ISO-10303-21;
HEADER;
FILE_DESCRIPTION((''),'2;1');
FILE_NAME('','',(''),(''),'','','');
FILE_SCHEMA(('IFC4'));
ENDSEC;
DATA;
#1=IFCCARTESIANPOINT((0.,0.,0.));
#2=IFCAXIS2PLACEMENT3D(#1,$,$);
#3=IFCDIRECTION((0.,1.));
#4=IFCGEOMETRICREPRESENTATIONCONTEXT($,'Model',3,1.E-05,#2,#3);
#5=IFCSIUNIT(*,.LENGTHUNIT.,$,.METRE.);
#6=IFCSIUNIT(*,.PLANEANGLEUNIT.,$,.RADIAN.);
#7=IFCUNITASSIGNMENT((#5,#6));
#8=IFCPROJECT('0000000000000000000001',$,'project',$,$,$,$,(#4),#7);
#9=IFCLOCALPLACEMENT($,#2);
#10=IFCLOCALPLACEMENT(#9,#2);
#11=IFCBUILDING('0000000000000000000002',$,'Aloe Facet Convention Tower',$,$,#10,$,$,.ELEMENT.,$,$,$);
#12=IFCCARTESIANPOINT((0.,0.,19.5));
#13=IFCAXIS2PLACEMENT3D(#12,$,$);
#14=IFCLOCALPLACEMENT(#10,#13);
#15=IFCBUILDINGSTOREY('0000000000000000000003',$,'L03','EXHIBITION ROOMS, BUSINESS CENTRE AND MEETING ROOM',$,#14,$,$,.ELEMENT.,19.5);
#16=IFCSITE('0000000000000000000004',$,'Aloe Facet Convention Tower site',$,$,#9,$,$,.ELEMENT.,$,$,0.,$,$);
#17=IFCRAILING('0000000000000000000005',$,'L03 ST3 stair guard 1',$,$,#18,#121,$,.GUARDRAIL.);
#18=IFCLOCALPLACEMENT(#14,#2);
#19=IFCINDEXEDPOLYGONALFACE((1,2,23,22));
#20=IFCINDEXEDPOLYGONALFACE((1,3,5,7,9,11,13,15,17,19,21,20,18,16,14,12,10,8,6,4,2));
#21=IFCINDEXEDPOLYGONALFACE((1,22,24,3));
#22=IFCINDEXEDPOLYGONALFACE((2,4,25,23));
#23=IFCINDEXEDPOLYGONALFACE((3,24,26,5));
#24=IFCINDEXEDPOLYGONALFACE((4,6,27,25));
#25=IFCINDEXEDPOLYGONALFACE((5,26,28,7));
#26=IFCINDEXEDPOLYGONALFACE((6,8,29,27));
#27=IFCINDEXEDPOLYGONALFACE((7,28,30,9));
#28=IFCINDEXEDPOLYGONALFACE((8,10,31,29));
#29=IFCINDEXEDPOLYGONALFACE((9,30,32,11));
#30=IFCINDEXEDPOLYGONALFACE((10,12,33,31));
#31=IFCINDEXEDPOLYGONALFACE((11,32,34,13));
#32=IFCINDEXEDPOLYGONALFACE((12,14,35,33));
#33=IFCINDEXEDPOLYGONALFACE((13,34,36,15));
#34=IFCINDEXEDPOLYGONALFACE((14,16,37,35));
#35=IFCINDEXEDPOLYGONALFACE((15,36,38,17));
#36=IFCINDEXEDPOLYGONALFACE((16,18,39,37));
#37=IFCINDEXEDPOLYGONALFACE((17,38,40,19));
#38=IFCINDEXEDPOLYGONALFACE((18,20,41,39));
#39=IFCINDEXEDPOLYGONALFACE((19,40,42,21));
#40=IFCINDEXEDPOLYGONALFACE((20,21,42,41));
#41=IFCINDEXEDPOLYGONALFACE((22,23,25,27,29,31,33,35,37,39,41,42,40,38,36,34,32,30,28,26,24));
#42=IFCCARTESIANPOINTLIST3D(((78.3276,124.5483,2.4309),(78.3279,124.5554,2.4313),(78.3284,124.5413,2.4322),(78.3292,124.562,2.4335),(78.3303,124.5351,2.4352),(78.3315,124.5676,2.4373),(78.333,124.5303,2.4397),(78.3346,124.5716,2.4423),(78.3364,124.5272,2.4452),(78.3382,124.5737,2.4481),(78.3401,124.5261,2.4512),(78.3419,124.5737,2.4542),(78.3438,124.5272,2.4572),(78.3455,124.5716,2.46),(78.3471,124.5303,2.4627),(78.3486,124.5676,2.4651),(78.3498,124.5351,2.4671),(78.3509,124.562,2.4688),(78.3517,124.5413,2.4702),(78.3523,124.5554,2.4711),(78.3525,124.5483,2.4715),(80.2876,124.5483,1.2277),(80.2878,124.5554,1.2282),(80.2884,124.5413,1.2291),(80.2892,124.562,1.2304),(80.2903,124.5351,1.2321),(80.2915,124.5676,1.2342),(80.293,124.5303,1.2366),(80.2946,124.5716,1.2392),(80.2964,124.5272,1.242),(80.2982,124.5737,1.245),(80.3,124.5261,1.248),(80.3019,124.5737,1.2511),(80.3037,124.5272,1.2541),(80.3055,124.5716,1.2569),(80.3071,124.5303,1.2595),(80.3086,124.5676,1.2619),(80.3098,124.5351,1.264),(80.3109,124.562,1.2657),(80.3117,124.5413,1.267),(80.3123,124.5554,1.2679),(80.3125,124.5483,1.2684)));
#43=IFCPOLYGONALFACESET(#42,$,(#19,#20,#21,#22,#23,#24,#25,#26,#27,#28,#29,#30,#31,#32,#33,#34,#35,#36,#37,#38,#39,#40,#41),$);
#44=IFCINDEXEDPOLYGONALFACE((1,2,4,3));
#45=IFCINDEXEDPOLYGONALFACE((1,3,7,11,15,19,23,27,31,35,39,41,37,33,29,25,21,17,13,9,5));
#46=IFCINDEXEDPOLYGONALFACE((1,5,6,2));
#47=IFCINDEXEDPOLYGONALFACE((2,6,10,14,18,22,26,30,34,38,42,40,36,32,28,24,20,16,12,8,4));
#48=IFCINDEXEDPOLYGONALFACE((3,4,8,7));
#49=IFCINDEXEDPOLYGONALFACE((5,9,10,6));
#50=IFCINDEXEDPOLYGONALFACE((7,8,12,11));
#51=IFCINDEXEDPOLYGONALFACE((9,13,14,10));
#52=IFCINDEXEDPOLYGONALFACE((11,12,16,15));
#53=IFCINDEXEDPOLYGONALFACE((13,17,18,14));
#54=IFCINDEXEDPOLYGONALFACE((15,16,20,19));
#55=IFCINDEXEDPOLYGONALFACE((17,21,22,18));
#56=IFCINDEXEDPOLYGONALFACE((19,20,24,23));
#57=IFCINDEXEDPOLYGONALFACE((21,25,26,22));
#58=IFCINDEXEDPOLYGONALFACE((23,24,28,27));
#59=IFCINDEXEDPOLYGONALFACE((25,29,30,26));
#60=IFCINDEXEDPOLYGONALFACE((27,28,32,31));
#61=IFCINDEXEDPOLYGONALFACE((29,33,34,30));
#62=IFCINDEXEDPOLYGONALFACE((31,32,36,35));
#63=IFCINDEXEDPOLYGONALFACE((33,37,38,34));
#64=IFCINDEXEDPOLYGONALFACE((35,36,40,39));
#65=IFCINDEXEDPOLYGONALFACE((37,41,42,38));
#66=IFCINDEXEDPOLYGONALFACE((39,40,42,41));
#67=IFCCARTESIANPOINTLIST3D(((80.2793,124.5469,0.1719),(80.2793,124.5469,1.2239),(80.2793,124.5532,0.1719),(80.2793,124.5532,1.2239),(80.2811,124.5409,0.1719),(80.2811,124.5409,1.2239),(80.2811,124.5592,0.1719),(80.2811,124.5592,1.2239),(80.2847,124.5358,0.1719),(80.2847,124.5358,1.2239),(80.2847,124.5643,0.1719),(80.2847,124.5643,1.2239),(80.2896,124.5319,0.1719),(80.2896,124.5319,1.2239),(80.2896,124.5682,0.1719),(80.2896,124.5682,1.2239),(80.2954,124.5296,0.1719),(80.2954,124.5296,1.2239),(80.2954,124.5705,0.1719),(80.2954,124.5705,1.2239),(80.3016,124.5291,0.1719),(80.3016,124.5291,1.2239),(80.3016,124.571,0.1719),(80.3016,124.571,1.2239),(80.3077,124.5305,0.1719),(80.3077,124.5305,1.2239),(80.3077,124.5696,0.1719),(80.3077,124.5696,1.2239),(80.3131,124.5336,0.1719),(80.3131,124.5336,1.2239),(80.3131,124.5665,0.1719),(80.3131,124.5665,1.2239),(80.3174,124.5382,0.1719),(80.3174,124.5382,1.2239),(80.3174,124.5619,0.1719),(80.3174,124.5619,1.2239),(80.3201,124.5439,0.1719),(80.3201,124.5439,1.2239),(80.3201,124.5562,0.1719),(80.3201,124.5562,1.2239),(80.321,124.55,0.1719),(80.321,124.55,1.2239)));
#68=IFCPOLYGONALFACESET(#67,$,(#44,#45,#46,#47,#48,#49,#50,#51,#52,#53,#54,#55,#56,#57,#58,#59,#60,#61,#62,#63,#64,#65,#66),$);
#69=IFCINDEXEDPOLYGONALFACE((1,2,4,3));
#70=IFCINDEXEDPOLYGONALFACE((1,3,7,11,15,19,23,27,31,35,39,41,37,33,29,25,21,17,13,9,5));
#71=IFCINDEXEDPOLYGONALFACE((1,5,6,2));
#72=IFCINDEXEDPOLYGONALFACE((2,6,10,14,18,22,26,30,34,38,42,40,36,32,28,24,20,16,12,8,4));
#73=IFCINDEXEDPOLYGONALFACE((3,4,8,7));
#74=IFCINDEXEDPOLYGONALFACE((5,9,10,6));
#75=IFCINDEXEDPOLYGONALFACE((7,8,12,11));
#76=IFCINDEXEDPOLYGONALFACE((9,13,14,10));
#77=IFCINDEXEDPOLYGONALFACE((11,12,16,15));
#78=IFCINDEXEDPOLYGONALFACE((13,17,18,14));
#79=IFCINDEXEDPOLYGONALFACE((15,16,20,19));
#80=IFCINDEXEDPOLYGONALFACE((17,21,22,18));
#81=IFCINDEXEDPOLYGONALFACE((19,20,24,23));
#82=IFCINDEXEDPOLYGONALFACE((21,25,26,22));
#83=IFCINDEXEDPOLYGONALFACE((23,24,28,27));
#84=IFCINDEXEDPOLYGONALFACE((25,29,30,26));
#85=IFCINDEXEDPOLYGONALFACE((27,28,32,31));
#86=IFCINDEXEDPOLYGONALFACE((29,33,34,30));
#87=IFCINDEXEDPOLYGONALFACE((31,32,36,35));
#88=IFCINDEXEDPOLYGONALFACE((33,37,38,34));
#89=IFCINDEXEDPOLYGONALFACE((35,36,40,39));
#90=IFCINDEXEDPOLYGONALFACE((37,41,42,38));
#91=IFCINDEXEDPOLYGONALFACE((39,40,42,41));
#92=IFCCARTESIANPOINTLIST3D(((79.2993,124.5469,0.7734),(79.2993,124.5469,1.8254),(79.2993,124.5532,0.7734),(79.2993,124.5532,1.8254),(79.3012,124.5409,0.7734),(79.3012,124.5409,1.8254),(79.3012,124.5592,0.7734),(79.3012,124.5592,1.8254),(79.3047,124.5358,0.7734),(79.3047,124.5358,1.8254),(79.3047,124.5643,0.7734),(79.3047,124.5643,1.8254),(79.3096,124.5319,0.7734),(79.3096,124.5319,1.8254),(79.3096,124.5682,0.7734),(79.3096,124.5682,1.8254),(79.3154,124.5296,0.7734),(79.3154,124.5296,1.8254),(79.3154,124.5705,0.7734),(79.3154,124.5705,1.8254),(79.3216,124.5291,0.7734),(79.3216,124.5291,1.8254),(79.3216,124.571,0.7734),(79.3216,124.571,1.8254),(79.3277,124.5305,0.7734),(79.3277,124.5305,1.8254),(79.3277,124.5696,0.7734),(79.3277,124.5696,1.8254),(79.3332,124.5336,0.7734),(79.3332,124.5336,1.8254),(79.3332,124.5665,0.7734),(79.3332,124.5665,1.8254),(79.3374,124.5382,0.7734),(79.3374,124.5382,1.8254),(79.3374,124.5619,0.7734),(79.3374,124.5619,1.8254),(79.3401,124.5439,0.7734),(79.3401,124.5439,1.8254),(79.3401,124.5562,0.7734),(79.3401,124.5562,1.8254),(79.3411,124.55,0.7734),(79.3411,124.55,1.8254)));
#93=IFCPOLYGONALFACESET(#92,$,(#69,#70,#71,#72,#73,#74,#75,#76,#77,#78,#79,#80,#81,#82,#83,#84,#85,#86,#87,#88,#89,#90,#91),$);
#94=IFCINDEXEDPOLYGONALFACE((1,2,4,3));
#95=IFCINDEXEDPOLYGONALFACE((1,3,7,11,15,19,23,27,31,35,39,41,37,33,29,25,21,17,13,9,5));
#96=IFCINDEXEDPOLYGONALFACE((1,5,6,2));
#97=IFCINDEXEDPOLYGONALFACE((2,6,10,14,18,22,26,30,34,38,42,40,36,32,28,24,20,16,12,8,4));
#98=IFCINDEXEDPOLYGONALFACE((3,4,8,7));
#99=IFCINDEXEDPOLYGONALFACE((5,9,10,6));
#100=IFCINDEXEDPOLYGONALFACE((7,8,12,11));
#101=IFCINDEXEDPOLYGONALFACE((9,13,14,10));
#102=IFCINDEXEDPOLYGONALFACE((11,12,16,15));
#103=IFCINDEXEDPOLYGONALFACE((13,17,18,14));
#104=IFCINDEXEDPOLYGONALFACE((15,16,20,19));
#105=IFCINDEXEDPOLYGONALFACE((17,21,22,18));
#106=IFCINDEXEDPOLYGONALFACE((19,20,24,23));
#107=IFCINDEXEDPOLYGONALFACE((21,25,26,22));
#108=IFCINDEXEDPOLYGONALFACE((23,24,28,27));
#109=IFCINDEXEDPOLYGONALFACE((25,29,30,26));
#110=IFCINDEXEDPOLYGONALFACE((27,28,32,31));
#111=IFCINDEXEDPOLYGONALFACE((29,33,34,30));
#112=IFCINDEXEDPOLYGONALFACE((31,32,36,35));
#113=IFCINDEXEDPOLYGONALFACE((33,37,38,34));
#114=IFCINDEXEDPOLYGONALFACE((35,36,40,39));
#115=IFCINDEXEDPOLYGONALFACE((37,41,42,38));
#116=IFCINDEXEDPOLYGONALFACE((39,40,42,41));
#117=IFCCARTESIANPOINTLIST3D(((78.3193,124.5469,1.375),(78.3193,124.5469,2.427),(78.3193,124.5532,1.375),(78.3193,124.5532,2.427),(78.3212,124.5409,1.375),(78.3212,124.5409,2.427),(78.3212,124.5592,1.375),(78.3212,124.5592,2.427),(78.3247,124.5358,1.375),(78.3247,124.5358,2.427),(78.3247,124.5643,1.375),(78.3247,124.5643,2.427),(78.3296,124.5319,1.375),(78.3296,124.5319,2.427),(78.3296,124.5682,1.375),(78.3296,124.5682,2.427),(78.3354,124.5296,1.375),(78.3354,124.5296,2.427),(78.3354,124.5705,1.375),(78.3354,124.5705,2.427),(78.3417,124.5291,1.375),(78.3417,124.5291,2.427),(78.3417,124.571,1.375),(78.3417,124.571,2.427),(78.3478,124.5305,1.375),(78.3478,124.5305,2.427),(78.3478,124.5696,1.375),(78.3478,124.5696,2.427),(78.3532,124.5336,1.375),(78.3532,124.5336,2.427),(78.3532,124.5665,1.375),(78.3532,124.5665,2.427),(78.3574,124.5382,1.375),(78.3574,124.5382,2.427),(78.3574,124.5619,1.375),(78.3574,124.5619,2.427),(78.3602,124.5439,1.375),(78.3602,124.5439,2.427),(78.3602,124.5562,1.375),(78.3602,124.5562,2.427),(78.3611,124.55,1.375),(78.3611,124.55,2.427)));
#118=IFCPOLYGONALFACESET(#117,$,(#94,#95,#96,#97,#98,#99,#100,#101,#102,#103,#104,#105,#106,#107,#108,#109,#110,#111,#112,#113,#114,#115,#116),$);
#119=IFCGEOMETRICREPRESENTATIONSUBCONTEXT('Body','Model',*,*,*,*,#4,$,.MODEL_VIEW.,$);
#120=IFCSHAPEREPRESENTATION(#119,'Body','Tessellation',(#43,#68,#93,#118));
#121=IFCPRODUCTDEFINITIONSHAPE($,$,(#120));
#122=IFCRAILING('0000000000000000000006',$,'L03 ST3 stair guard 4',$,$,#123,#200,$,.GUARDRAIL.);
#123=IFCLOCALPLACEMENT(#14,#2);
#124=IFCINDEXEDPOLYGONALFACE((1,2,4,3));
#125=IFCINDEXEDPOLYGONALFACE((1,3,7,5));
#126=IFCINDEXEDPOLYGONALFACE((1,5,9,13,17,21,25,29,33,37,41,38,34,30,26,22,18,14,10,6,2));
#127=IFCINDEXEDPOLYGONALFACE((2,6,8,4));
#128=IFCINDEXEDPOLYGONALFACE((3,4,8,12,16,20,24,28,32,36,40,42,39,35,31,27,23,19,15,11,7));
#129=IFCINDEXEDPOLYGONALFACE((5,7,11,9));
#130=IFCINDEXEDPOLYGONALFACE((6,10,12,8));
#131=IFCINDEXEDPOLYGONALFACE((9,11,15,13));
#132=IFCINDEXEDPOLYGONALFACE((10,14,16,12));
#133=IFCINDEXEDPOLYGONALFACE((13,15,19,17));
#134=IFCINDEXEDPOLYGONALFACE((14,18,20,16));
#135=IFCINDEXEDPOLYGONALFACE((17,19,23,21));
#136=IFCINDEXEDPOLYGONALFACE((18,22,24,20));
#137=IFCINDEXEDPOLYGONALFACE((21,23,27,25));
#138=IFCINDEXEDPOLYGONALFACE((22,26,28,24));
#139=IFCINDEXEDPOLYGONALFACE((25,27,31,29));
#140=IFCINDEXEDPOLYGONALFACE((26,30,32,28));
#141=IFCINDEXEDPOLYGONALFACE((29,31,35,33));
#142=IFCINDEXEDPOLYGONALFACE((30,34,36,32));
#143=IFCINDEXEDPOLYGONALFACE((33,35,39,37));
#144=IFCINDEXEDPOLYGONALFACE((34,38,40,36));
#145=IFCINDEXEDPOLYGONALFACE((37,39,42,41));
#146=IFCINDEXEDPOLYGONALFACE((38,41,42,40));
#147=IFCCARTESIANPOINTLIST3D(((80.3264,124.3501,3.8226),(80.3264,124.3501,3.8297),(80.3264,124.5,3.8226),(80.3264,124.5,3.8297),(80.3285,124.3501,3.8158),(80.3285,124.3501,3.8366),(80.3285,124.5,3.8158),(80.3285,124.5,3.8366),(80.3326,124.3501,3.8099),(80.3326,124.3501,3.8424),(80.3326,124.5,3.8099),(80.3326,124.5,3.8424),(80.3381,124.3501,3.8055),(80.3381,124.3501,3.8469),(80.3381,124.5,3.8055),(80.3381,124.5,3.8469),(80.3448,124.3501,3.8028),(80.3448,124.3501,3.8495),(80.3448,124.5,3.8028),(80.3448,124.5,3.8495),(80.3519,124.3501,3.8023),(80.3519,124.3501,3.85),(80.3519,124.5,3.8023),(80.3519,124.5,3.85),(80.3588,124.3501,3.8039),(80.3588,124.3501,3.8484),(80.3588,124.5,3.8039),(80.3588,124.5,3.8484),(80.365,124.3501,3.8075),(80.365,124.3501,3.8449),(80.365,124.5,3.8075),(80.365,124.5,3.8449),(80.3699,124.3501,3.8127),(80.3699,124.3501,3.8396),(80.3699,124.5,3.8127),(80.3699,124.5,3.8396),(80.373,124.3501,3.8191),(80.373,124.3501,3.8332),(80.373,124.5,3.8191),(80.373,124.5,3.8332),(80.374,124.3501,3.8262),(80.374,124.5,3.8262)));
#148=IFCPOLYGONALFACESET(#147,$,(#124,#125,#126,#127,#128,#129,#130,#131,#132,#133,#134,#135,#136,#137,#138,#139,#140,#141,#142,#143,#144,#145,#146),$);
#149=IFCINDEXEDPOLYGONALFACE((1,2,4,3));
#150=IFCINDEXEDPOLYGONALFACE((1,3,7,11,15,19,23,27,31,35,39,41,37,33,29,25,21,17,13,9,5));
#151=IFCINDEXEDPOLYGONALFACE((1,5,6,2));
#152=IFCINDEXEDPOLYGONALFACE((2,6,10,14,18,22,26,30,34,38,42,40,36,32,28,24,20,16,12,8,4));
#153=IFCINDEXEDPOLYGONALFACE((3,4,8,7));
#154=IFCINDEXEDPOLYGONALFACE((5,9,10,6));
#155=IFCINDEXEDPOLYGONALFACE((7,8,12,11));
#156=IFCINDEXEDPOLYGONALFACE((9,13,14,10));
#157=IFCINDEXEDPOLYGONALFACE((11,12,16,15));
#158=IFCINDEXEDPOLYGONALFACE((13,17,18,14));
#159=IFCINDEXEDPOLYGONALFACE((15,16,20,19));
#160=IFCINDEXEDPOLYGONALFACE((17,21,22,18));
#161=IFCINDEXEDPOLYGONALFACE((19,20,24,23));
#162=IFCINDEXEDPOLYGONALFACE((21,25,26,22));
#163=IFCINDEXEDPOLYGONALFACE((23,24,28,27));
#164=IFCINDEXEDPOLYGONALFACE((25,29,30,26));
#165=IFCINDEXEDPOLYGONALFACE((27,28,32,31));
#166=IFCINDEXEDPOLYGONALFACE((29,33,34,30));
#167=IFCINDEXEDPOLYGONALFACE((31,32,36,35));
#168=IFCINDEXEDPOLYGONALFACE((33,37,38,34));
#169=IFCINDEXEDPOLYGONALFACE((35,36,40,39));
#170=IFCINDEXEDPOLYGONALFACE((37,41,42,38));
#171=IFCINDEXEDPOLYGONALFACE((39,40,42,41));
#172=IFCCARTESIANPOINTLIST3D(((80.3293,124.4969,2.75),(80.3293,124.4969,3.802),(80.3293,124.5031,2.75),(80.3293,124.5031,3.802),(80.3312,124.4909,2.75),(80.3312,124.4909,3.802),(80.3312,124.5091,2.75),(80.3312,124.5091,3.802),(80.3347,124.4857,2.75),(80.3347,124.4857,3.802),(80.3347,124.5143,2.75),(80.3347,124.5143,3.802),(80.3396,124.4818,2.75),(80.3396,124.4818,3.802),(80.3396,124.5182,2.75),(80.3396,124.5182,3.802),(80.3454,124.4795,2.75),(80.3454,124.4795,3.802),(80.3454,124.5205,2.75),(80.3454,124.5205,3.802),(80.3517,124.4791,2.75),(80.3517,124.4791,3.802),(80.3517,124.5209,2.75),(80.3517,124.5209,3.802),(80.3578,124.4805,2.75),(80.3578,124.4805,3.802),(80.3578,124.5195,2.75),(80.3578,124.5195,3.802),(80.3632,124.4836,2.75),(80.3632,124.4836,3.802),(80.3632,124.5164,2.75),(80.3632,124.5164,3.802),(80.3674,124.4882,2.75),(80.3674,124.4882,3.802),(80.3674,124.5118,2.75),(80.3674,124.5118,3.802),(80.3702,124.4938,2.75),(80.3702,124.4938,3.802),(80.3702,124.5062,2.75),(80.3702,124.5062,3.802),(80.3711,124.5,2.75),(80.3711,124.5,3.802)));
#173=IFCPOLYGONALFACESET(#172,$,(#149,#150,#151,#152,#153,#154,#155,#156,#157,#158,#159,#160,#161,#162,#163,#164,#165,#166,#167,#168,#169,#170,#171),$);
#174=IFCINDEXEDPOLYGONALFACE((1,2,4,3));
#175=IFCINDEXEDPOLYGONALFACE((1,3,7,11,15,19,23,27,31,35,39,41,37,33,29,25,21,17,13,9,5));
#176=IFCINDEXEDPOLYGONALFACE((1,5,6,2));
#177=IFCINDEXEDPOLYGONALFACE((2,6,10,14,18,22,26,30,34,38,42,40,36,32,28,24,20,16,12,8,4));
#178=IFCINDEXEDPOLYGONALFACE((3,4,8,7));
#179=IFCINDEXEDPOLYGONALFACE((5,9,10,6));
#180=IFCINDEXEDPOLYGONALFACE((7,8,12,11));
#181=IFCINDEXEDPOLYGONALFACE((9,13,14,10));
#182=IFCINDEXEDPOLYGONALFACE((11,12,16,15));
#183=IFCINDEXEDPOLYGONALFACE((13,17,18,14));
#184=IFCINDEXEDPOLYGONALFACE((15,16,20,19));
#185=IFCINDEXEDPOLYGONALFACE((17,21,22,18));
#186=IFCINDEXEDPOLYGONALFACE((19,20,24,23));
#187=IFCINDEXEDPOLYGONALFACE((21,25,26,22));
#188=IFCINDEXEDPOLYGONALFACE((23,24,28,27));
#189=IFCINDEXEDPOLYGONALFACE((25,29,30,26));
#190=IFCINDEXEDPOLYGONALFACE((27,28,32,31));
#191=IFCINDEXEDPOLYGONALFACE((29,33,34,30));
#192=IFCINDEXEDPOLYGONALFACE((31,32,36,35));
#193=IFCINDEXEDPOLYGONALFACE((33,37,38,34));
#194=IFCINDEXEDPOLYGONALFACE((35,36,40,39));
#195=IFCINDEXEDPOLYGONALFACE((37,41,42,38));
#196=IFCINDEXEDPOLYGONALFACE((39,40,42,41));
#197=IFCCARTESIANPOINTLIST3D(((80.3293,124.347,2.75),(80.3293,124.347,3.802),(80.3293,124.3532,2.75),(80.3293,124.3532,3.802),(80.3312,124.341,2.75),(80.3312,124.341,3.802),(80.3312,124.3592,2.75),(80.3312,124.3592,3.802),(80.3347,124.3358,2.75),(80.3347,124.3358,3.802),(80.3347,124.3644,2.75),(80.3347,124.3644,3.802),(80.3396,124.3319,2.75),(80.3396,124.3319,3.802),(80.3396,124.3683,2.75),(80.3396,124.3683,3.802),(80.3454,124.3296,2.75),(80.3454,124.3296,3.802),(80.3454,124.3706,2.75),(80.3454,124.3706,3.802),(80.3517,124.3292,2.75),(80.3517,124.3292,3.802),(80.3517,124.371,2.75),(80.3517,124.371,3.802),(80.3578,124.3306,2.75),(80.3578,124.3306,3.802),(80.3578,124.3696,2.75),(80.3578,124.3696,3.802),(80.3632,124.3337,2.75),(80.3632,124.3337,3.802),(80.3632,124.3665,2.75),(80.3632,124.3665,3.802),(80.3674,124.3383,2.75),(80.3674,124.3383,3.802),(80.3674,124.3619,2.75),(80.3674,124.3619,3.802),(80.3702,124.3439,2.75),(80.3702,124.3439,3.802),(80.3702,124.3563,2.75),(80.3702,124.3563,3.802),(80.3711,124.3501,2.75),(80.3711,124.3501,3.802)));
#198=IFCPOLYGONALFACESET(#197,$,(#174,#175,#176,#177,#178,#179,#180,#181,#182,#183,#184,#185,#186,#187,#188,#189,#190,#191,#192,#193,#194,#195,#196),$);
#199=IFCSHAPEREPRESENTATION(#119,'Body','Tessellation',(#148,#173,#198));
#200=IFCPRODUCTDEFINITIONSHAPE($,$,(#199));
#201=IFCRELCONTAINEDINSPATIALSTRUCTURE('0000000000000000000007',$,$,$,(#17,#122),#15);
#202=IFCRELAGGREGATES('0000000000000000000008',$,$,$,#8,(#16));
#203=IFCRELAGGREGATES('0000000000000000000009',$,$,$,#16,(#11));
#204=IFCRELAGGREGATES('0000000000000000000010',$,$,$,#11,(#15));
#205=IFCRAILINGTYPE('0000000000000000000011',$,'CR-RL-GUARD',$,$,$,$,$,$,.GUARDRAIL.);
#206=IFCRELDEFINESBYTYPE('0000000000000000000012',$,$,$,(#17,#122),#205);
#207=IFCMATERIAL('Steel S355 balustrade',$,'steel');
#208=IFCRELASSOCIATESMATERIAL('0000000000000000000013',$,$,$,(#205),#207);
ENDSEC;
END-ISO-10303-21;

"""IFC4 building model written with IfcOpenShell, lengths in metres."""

from ifc_helpers import new_model, si_unit, direction, frame, origin, origin_2d, place, context, subcontext, project, spatial, circle, extrude, material, type_object, element, save


model = new_model("IFC4")

# Units and contexts
model_context = context("Model", 3, precision=1e-05, world=origin(), true_north=direction((0.0, 1.0)))
body_context = subcontext(model_context, "Body", "Model", "MODEL_VIEW")
ifc_project = project(units=[si_unit("LENGTHUNIT", "METRE"), si_unit("PLANEANGLEUNIT", "RADIAN")], contexts=[model_context])

# Site, building, storey
site_placement = place(None, origin())
site = spatial("IfcSite", under=ifc_project, at=site_placement, Name="Aloe Facet Convention Tower site", CompositionType="ELEMENT", RefElevation=0.0)
building_placement = place(site_placement, origin())
building = spatial("IfcBuilding", under=site, at=building_placement, Name="Aloe Facet Convention Tower", CompositionType="ELEMENT")
storey_placement = place(building_placement, frame((0.0, 0.0, 19.5)))
storey = spatial("IfcBuildingStorey", under=building, at=storey_placement, Name="L03", Description="EXHIBITION ROOMS, BUSINESS CENTRE AND MEETING ROOM", CompositionType="ELEMENT", Elevation=19.5)

# Railings
ifc_material_1 = material(Name="Steel S355 balustrade", Category="steel")
railing_type_1 = type_object("IfcRailingType", Name="CR-RL-GUARD", PredefinedType="GUARDRAIL", material=ifc_material_1)
railing_1_placement = place(storey_placement, frame((80.3, 124.55, 0.1719)))
element("IfcRailing", 1, at=railing_1_placement, inside=storey, type_object=railing_type_1, Name="L03 ST3 stair guard 1", PredefinedType="GUARDRAIL", context=body_context, shape_type="SweptSolid", body=[
    extrude(circle(Radius=0.0239, at=origin_2d()), frame((0.0, 0.0, 1.0762), z_axis=(-0.852241, 0.0, 0.523149), x_axis=(0.0, -1.0, 0.0)), (0.0, 0.0, 1.0), 2.2998),
    extrude(circle(Radius=0.021, at=origin_2d()), origin(), (0.0, 0.0, 1.0), 1.052),
    extrude(circle(Radius=0.021, at=origin_2d()), frame((-0.98, 0.0, 0.6016)), (0.0, 0.0, 1.0), 1.052),
    extrude(circle(Radius=0.021, at=origin_2d()), frame((-1.96, 0.0, 1.2031)), (0.0, 0.0, 1.0), 1.052),
])
railing_2_placement = place(storey_placement, frame((80.3501, 124.5, 2.75)))
element("IfcRailing", 2, at=railing_2_placement, inside=storey, type_object=railing_type_1, Name="L03 ST3 stair guard 4", PredefinedType="GUARDRAIL", context=body_context, shape_type="SweptSolid", body=[
    extrude(circle(Radius=0.0239, at=origin_2d()), frame((0.0, 0.0, 1.0762), z_axis=(0.0, -1.0, 0.0), x_axis=(1.0, 0.0, 0.0)), (0.0, 0.0, 1.0), 0.1499),
    extrude(circle(Radius=0.021, at=origin_2d()), origin(), (0.0, 0.0, 1.0), 1.052),
    extrude(circle(Radius=0.021, at=origin_2d()), frame((0.0, -0.1499, 0.0)), (0.0, 0.0, 1.0), 1.052),
])

save(model, "model.ifc")
